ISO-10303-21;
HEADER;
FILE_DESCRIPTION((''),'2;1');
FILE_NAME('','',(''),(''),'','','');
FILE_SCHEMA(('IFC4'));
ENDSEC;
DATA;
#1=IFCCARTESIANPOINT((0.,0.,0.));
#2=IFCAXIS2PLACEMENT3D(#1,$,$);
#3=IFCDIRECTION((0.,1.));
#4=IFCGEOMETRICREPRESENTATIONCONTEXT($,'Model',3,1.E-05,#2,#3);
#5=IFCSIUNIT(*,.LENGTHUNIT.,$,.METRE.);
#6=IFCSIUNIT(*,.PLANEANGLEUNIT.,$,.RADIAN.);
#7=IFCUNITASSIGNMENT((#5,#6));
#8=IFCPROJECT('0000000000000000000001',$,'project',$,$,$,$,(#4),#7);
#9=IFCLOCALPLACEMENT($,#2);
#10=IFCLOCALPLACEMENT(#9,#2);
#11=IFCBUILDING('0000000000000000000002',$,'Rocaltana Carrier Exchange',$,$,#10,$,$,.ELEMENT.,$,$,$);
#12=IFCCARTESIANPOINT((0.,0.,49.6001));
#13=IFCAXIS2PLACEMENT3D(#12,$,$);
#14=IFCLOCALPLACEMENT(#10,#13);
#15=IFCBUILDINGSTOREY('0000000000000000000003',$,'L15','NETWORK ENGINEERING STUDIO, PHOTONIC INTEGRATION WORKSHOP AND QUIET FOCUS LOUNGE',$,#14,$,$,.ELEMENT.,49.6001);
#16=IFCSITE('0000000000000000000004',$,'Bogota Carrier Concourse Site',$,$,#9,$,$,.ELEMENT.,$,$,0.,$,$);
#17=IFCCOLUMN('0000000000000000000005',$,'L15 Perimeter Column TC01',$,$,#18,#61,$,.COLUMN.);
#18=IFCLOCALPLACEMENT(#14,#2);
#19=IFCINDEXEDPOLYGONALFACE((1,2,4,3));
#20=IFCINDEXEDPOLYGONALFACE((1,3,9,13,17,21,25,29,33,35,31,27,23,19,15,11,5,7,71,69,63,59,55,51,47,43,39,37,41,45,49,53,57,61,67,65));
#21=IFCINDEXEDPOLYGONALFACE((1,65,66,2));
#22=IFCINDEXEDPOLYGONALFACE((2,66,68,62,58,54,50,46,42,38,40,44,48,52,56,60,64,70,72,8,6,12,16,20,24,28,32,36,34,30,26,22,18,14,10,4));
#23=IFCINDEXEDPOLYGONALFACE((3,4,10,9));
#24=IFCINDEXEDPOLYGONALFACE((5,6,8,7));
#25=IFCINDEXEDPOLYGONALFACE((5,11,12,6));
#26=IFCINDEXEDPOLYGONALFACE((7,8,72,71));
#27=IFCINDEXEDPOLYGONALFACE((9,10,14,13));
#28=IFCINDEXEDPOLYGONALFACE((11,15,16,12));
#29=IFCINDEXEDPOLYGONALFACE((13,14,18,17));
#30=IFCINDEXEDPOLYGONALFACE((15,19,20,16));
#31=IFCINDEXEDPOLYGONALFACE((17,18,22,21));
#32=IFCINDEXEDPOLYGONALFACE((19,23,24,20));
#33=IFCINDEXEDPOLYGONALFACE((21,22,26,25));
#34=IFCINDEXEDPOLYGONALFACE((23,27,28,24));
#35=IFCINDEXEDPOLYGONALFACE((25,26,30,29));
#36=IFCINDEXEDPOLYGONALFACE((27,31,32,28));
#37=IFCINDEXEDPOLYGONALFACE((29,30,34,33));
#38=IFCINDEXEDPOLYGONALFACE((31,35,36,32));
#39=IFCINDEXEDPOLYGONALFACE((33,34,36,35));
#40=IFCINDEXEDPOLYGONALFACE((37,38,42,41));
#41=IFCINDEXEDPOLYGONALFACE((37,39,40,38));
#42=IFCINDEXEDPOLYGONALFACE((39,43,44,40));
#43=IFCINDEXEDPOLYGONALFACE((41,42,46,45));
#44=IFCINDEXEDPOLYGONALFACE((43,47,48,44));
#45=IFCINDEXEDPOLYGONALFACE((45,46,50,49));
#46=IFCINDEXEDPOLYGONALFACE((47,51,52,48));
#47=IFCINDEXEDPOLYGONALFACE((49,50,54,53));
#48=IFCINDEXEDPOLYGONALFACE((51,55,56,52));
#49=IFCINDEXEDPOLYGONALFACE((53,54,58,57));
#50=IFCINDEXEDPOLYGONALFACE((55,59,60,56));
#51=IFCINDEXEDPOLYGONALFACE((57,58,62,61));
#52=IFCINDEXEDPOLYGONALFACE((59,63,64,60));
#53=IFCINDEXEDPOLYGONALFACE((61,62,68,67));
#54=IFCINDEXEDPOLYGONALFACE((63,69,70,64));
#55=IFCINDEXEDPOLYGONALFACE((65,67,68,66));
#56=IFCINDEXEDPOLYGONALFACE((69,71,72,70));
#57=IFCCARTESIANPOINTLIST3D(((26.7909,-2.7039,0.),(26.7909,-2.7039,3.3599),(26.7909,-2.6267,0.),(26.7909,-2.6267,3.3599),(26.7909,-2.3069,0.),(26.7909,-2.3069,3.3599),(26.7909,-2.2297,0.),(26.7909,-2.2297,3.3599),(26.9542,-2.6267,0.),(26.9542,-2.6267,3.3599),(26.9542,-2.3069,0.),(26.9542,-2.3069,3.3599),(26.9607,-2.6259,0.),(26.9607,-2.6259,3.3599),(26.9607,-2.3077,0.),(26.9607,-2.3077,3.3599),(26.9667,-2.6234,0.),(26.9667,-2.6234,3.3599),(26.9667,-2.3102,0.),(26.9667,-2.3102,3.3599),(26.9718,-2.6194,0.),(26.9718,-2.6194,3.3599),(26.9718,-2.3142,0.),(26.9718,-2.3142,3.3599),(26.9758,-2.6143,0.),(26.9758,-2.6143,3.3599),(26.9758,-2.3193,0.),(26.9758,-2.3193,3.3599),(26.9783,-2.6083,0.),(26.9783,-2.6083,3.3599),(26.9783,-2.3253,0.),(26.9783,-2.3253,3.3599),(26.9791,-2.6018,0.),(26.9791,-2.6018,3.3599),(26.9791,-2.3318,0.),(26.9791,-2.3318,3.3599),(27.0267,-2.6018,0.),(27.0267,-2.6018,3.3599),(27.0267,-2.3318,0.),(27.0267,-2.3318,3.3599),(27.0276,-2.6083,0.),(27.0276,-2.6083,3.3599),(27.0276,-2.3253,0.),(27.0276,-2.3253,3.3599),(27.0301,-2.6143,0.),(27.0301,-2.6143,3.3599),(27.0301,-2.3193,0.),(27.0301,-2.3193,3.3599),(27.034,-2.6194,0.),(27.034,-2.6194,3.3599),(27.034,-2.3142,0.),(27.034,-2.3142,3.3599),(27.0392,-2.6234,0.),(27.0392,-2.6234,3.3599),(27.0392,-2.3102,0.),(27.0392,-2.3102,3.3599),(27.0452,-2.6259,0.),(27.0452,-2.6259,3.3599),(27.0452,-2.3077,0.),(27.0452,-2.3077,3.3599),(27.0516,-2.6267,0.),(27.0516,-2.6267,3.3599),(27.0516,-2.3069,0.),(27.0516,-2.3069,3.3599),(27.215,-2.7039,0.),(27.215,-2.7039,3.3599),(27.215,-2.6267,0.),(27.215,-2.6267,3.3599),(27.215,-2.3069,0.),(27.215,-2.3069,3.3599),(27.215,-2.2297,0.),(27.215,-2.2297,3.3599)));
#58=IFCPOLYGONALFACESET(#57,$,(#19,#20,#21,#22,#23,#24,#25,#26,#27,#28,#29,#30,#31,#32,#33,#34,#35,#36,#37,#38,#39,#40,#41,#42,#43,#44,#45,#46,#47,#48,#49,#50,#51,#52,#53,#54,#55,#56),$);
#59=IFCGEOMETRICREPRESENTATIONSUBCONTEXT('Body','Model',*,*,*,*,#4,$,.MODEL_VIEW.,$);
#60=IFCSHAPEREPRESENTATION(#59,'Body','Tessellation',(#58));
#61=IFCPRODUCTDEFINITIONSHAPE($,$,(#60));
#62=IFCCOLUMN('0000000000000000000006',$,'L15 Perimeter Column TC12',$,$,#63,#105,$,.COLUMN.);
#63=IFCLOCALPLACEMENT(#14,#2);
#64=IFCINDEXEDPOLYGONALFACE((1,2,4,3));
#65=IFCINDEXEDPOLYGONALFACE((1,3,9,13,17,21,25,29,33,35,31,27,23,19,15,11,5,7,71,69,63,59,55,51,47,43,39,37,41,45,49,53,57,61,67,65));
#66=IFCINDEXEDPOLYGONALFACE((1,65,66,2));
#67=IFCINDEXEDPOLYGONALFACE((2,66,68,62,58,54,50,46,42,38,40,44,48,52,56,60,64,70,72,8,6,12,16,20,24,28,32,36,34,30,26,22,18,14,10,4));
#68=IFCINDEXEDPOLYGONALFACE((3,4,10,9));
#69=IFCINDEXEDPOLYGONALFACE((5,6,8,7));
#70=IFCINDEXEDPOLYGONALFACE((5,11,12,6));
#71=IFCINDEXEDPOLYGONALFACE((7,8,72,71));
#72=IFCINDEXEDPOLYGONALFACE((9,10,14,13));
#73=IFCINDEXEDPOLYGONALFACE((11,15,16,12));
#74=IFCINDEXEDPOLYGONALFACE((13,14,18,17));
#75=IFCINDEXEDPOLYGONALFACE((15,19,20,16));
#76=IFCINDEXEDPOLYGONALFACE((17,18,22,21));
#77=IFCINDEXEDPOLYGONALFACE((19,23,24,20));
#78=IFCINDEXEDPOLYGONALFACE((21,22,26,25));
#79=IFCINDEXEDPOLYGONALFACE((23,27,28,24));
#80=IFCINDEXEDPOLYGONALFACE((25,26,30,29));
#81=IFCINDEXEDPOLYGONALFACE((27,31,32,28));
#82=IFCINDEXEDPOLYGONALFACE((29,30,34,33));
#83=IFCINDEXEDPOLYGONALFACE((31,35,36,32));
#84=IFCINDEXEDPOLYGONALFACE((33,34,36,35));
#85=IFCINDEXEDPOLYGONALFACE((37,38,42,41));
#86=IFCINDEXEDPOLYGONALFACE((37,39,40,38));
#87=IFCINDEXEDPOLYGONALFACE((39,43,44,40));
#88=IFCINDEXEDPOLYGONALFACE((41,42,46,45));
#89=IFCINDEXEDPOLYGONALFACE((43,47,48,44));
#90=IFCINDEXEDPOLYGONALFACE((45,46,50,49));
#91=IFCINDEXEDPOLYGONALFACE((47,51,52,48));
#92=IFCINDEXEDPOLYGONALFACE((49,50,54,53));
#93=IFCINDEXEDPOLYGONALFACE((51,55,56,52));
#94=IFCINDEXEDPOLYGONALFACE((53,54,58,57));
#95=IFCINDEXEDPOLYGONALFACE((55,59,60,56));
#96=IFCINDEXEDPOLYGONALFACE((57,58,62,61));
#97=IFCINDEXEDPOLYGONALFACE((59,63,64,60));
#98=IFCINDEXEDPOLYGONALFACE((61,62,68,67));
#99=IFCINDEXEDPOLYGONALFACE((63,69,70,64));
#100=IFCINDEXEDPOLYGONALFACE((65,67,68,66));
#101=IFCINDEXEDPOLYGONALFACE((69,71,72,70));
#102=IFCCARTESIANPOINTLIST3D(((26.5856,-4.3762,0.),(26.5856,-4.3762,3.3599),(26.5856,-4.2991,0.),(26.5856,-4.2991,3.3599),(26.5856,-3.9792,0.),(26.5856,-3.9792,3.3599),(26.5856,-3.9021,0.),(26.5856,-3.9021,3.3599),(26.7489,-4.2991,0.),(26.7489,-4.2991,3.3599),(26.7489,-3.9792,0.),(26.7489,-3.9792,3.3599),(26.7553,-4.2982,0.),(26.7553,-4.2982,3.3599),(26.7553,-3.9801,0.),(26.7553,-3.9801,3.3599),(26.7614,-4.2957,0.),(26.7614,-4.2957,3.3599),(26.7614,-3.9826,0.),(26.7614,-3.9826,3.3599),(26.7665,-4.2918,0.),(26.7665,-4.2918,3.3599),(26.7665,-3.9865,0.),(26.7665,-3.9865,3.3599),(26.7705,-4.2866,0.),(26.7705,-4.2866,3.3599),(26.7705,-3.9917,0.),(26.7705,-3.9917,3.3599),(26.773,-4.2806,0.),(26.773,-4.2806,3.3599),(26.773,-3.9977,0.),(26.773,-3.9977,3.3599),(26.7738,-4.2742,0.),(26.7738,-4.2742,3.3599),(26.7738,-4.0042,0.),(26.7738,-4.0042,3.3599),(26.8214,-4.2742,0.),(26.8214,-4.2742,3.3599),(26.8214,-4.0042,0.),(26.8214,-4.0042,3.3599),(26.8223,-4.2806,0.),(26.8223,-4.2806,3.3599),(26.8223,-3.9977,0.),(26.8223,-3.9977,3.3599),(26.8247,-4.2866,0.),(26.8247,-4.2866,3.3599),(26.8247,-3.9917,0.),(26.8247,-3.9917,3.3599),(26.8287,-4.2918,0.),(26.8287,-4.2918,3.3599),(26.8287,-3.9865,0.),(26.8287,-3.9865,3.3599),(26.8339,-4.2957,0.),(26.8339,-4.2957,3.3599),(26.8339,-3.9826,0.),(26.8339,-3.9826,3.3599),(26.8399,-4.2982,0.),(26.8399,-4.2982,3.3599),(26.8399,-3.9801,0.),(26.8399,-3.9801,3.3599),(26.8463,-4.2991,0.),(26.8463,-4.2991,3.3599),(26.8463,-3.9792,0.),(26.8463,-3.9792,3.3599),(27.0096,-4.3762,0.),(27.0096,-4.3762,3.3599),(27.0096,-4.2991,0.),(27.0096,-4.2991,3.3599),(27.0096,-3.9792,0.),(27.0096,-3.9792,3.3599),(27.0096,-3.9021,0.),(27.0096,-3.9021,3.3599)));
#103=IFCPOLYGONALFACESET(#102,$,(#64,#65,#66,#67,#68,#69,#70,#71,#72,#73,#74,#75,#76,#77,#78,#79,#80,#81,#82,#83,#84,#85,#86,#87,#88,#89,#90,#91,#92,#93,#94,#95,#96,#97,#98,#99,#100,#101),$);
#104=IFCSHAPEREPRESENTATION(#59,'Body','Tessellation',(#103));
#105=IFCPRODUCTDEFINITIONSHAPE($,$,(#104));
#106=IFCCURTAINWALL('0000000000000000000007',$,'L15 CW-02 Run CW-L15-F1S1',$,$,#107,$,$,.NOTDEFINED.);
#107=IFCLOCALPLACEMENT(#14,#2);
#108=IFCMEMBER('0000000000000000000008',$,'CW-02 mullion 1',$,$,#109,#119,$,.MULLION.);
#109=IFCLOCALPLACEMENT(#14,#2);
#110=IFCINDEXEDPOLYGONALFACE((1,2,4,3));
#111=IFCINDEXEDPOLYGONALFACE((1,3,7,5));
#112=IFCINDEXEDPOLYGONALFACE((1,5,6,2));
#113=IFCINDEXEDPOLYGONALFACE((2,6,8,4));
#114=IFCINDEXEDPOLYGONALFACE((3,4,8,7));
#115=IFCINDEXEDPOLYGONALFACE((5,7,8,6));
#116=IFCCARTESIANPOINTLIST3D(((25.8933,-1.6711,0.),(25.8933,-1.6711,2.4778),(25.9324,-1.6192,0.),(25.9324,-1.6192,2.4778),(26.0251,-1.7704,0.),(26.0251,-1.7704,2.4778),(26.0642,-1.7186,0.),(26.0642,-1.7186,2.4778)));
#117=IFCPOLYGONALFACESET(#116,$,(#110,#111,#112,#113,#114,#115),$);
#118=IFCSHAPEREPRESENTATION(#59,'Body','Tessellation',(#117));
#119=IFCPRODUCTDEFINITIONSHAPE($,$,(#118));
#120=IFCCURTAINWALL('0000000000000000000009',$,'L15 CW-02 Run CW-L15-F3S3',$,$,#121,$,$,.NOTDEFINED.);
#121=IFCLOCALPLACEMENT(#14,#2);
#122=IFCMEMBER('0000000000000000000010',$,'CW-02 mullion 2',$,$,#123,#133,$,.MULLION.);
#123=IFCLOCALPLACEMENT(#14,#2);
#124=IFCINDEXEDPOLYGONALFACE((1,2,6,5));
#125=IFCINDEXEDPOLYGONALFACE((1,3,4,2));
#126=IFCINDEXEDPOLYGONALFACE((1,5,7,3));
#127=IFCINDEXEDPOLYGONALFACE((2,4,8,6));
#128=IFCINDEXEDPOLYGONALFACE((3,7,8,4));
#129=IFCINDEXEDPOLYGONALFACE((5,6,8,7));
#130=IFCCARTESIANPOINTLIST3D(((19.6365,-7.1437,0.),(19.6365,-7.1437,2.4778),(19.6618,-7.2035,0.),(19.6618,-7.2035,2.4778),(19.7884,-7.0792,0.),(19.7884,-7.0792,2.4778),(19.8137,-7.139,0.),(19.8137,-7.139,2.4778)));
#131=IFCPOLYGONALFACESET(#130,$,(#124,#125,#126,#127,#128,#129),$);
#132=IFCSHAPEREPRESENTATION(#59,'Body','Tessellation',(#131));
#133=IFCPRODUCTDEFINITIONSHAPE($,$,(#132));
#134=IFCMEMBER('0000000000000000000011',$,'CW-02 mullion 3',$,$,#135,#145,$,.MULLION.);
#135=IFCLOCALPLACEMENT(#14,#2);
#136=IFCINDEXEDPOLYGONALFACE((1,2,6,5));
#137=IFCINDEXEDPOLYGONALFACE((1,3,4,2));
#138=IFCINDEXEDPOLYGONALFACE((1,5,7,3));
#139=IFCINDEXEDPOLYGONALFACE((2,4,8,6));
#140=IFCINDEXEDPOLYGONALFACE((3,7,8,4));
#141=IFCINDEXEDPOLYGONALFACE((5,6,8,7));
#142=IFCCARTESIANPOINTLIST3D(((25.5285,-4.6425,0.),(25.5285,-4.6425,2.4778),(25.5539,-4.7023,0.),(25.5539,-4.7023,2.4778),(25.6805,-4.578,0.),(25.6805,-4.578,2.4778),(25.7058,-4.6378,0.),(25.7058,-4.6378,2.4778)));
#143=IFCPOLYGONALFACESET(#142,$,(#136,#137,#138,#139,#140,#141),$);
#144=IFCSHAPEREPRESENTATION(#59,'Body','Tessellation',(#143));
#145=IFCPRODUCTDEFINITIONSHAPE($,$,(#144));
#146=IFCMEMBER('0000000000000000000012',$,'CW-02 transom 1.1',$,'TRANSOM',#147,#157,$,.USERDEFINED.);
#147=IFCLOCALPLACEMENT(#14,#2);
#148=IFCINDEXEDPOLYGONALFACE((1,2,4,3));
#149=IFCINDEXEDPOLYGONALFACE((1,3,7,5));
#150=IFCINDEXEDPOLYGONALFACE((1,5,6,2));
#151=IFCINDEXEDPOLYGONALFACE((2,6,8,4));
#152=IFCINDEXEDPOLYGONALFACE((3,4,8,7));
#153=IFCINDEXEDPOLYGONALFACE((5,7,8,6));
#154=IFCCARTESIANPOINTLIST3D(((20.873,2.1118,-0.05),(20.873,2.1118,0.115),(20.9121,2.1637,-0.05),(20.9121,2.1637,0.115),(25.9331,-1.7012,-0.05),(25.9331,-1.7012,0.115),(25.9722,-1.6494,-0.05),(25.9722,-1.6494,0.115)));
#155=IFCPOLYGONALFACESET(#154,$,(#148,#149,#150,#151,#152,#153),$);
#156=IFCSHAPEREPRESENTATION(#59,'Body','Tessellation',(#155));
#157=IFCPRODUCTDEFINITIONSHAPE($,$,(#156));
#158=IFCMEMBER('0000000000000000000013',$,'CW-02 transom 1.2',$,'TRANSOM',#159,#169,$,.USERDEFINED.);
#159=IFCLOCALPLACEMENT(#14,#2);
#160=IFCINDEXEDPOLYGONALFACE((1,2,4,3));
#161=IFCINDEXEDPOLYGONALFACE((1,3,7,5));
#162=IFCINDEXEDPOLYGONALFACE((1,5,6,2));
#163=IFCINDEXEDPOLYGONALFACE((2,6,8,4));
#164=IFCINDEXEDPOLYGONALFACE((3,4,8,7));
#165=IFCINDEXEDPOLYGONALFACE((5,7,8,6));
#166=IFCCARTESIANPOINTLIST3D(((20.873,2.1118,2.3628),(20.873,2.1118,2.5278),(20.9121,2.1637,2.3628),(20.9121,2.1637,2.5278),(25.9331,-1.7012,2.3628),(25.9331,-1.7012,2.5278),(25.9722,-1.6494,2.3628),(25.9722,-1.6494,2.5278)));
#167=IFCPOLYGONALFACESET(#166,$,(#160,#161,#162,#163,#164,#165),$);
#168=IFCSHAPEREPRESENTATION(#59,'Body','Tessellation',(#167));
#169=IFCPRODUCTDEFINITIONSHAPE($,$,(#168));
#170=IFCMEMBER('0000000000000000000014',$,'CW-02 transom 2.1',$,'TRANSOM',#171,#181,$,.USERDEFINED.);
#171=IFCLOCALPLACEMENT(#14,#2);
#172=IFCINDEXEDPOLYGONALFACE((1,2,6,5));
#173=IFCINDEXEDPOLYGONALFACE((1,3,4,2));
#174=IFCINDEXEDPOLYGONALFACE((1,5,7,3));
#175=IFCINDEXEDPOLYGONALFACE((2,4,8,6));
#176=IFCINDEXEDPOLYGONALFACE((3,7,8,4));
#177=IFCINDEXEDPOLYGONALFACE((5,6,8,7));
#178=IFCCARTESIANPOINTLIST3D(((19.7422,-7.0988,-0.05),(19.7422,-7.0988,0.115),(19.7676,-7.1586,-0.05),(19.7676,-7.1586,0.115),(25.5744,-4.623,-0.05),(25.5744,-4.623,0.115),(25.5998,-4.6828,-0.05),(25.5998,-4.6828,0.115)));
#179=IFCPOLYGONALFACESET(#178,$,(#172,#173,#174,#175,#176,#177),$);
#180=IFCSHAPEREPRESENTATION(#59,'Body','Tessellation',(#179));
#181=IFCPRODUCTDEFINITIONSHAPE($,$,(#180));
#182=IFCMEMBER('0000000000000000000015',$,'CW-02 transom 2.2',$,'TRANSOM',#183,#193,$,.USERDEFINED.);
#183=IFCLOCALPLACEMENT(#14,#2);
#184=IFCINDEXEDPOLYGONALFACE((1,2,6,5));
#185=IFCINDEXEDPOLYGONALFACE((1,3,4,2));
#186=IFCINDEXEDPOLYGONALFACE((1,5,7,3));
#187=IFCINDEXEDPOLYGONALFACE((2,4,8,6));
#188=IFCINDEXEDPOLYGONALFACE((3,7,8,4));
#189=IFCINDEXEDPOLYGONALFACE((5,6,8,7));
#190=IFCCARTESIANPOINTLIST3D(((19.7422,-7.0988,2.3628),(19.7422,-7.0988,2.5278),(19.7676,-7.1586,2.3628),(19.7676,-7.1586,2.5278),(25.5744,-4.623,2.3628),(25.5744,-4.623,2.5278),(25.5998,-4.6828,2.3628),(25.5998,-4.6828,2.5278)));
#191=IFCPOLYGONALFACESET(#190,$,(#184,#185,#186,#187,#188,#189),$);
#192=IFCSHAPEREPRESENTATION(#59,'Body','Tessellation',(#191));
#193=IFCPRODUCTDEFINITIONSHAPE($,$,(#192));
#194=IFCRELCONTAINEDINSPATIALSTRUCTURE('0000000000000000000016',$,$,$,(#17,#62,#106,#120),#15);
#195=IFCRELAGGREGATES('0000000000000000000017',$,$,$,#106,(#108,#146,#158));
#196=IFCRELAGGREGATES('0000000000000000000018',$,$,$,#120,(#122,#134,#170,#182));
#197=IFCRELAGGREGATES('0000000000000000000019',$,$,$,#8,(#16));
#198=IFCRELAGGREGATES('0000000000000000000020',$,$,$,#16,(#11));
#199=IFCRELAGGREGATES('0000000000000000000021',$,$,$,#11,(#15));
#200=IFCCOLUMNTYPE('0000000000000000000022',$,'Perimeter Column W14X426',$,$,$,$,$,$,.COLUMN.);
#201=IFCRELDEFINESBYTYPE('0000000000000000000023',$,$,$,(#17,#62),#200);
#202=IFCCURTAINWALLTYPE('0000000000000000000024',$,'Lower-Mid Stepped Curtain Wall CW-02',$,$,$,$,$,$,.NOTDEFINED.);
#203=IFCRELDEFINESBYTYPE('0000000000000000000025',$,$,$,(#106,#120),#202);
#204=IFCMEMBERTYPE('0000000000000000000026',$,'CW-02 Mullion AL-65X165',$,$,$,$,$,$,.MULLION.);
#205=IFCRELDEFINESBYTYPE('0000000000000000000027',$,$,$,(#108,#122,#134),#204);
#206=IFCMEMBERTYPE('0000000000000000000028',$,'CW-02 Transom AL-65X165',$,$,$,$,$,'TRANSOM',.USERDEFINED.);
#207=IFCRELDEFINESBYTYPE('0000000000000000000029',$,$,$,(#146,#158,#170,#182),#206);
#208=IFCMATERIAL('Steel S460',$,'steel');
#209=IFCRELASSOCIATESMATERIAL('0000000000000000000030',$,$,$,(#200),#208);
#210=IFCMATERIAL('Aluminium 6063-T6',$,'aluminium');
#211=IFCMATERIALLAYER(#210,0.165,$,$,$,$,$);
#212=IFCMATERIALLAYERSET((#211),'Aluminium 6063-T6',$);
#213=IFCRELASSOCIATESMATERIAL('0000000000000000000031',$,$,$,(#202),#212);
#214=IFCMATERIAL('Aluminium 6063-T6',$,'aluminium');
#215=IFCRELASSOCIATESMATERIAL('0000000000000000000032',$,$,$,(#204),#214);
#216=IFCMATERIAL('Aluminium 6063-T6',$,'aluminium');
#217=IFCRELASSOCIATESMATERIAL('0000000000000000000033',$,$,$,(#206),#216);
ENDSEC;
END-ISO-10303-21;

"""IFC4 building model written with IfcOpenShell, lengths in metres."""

from ifc_helpers import new_model, si_unit, direction, frame, origin, origin_2d, place, context, subcontext, project, spatial, rectangle, i_section, extrude, material, layer, layer_set, material_profile, profile_set, type_object, element, aggregate, save


model = new_model("IFC4")

# Units and contexts
model_context = context("Model", 3, precision=1e-05, world=origin(), true_north=direction((0.0, 1.0)))
body_context = subcontext(model_context, "Body", "Model", "MODEL_VIEW")
ifc_project = project(units=[si_unit("LENGTHUNIT", "METRE"), si_unit("PLANEANGLEUNIT", "RADIAN")], contexts=[model_context])

# Site, building, storey
site_placement = place(None, origin())
site = spatial("IfcSite", under=ifc_project, at=site_placement, Name="Bogota Carrier Concourse Site", CompositionType="ELEMENT", RefElevation=0.0)
building_placement = place(site_placement, origin())
building = spatial("IfcBuilding", under=site, at=building_placement, Name="Rocaltana Carrier Exchange", CompositionType="ELEMENT")
storey_placement = place(building_placement, frame((0.0, 0.0, 49.6001)))
storey = spatial("IfcBuildingStorey", under=building, at=storey_placement, Name="L15", Description="NETWORK ENGINEERING STUDIO, PHOTONIC INTEGRATION WORKSHOP AND QUIET FOCUS LOUNGE", CompositionType="ELEMENT", Elevation=49.6001)

# Columns
ifc_material_1 = material(Name="Steel S460", Category="steel")
ifc_material_profile_1 = material_profile(ifc_material_1, i_section(OverallWidth=0.4241, OverallDepth=0.4741, WebThickness=0.0476, FlangeThickness=0.0771, FilletRadius=0.0249, at=origin_2d()), Name="W14X426")
ifc_profile_set_1 = profile_set([ifc_material_profile_1], Name="Steel S460")
column_type = type_object("IfcColumnType", Name="Perimeter Column W14X426", PredefinedType="COLUMN", material=ifc_profile_set_1)
for number, where, z_axis, x_axis, name in (
    (1, (27.0029, -2.4668, 0.0), (0.0, 0.0, 1.0), (1.0, 0.0, 0.0), "L15 Perimeter Column TC01"),
    (2, (26.7976, -4.1392, 0.0), (0.0, 0.0, 1.0), (1.0, 0.0, 0.0), "L15 Perimeter Column TC12"),
):
    element("IfcColumn", number, at=place(storey_placement, frame(where, z_axis=z_axis, x_axis=x_axis)), inside=storey, type_object=column_type, Name=name, PredefinedType="COLUMN", context=body_context, shape_type="SweptSolid", body=[
        extrude(i_section(OverallWidth=0.4241, OverallDepth=0.4741, WebThickness=0.0476, FlangeThickness=0.0771, FilletRadius=0.0249, at=origin_2d()), origin(), (0.0, 0.0, 1.0), 3.3599),
    ])

# Curtain wall, member
ifc_material_2 = material(Name="Aluminium 6063-T6", Category="aluminium")
ifc_layer_1 = layer(ifc_material_2, 0.165)
ifc_layer_set_1 = layer_set([ifc_layer_1], Name="Aluminium 6063-T6")
curtain_wall_type = type_object("IfcCurtainWallType", Name="Lower-Mid Stepped Curtain Wall CW-02", PredefinedType="NOTDEFINED", material=ifc_layer_set_1)
curtain_wall_1_placement = place(storey_placement, origin())
curtain_wall_1 = element("IfcCurtainWall", 3, at=curtain_wall_1_placement, inside=storey, type_object=curtain_wall_type, Name="L15 CW-02 Run CW-L15-F1S1", PredefinedType="NOTDEFINED")
ifc_material_3 = material(Name="Aluminium 6063-T6", Category="aluminium")
ifc_material_profile_2 = material_profile(ifc_material_3, rectangle(XDim=0.0649, YDim=0.165, at=origin_2d()), Name="AL-65X165")
ifc_profile_set_2 = profile_set([ifc_material_profile_2], Name="Aluminium 6063-T6")
member_type_1 = type_object("IfcMemberType", Name="CW-02 Mullion AL-65X165", PredefinedType="MULLION", material=ifc_profile_set_2)
member_1_placement = place(storey_placement, frame((25.9788, -1.6948, 0.0), z_axis=(0.0, 0.0, 1.0), x_axis=(-0.601807, -0.798642, 0.0)))
member_1 = element("IfcMember", 4, at=member_1_placement, type_object=member_type_1, Name="CW-02 mullion 1", PredefinedType="MULLION", context=body_context, shape_type="SweptSolid", body=[
    extrude(rectangle(XDim=0.0649, YDim=0.165, at=origin_2d()), origin(), (0.0, 0.0, 1.0), 2.4778),
])

# Curtain wall, members
curtain_wall_2_placement = place(storey_placement, origin())
curtain_wall_2 = element("IfcCurtainWall", 5, at=curtain_wall_2_placement, inside=storey, type_object=curtain_wall_type, Name="L15 CW-02 Run CW-L15-F3S3", PredefinedType="NOTDEFINED")
member_2_placement = place(storey_placement, frame((19.7251, -7.1414, 0.0), z_axis=(0.0, 0.0, 1.0), x_axis=(-0.390735, 0.920503, 0.0)))
member_2 = element("IfcMember", 6, at=member_2_placement, type_object=member_type_1, Name="CW-02 mullion 2", PredefinedType="MULLION", context=body_context, shape_type="SweptSolid", body=[
    extrude(rectangle(XDim=0.0649, YDim=0.165, at=origin_2d()), origin(), (0.0, 0.0, 1.0), 2.4778),
])
member_3_placement = place(storey_placement, frame((25.6172, -4.6401, 0.0), z_axis=(0.0, 0.0, 1.0), x_axis=(-0.390735, 0.920503, 0.0)))
member_3 = element("IfcMember", 7, at=member_3_placement, type_object=member_type_1, Name="CW-02 mullion 3", PredefinedType="MULLION", context=body_context, shape_type="SweptSolid", body=[
    extrude(rectangle(XDim=0.0649, YDim=0.165, at=origin_2d()), origin(), (0.0, 0.0, 1.0), 2.4778),
])

# Members
ifc_material_4 = material(Name="Aluminium 6063-T6", Category="aluminium")
ifc_material_profile_3 = material_profile(ifc_material_4, rectangle(XDim=0.0649, YDim=0.165, at=origin_2d()), Name="AL-65X165")
ifc_profile_set_3 = profile_set([ifc_material_profile_3], Name="Aluminium 6063-T6")
member_type_2 = type_object("IfcMemberType", Name="CW-02 Transom AL-65X165", ElementType="TRANSOM", PredefinedType="USERDEFINED", material=ifc_profile_set_3)
member_4_placement = place(storey_placement, frame((25.9526, -1.6753, 0.0325), z_axis=(-0.798638, 0.601811, 0.0), x_axis=(-0.601811, -0.798638, 0.0)))
member_4 = element("IfcMember", 8, at=member_4_placement, type_object=member_type_2, Name="CW-02 transom 1.1", ObjectType="TRANSOM", PredefinedType="USERDEFINED", context=body_context, shape_type="SweptSolid", body=[
    extrude(rectangle(XDim=0.0649, YDim=0.165, at=origin_2d()), origin(), (0.0, 0.0, 1.0), 6.3359),
])
member_5_placement = place(storey_placement, frame((25.9526, -1.6753, 2.4453), z_axis=(-0.798638, 0.601811, 0.0), x_axis=(-0.601811, -0.798638, 0.0)))
member_5 = element("IfcMember", 9, at=member_5_placement, type_object=member_type_2, Name="CW-02 transom 1.2", ObjectType="TRANSOM", PredefinedType="USERDEFINED", context=body_context, shape_type="SweptSolid", body=[
    extrude(rectangle(XDim=0.0649, YDim=0.165, at=origin_2d()), origin(), (0.0, 0.0, 1.0), 6.3359),
])
aggregate(curtain_wall_1, [member_1, member_4, member_5])
member_6_placement = place(storey_placement, frame((19.7549, -7.1287, 0.0325), z_axis=(0.920495, 0.390755, 0.0), x_axis=(-0.390755, 0.920495, 0.0)))
member_6 = element("IfcMember", 10, at=member_6_placement, type_object=member_type_2, Name="CW-02 transom 2.1", ObjectType="TRANSOM", PredefinedType="USERDEFINED", context=body_context, shape_type="SweptSolid", body=[
    extrude(rectangle(XDim=0.0649, YDim=0.165, at=origin_2d()), origin(), (0.0, 0.0, 1.0), 6.3359),
])
member_7_placement = place(storey_placement, frame((19.7549, -7.1287, 2.4453), z_axis=(0.920495, 0.390755, 0.0), x_axis=(-0.390755, 0.920495, 0.0)))
member_7 = element("IfcMember", 11, at=member_7_placement, type_object=member_type_2, Name="CW-02 transom 2.2", ObjectType="TRANSOM", PredefinedType="USERDEFINED", context=body_context, shape_type="SweptSolid", body=[
    extrude(rectangle(XDim=0.0649, YDim=0.165, at=origin_2d()), origin(), (0.0, 0.0, 1.0), 6.3359),
])

aggregate(curtain_wall_2, [member_2, member_3, member_6, member_7])

save(model, "model.ifc")
